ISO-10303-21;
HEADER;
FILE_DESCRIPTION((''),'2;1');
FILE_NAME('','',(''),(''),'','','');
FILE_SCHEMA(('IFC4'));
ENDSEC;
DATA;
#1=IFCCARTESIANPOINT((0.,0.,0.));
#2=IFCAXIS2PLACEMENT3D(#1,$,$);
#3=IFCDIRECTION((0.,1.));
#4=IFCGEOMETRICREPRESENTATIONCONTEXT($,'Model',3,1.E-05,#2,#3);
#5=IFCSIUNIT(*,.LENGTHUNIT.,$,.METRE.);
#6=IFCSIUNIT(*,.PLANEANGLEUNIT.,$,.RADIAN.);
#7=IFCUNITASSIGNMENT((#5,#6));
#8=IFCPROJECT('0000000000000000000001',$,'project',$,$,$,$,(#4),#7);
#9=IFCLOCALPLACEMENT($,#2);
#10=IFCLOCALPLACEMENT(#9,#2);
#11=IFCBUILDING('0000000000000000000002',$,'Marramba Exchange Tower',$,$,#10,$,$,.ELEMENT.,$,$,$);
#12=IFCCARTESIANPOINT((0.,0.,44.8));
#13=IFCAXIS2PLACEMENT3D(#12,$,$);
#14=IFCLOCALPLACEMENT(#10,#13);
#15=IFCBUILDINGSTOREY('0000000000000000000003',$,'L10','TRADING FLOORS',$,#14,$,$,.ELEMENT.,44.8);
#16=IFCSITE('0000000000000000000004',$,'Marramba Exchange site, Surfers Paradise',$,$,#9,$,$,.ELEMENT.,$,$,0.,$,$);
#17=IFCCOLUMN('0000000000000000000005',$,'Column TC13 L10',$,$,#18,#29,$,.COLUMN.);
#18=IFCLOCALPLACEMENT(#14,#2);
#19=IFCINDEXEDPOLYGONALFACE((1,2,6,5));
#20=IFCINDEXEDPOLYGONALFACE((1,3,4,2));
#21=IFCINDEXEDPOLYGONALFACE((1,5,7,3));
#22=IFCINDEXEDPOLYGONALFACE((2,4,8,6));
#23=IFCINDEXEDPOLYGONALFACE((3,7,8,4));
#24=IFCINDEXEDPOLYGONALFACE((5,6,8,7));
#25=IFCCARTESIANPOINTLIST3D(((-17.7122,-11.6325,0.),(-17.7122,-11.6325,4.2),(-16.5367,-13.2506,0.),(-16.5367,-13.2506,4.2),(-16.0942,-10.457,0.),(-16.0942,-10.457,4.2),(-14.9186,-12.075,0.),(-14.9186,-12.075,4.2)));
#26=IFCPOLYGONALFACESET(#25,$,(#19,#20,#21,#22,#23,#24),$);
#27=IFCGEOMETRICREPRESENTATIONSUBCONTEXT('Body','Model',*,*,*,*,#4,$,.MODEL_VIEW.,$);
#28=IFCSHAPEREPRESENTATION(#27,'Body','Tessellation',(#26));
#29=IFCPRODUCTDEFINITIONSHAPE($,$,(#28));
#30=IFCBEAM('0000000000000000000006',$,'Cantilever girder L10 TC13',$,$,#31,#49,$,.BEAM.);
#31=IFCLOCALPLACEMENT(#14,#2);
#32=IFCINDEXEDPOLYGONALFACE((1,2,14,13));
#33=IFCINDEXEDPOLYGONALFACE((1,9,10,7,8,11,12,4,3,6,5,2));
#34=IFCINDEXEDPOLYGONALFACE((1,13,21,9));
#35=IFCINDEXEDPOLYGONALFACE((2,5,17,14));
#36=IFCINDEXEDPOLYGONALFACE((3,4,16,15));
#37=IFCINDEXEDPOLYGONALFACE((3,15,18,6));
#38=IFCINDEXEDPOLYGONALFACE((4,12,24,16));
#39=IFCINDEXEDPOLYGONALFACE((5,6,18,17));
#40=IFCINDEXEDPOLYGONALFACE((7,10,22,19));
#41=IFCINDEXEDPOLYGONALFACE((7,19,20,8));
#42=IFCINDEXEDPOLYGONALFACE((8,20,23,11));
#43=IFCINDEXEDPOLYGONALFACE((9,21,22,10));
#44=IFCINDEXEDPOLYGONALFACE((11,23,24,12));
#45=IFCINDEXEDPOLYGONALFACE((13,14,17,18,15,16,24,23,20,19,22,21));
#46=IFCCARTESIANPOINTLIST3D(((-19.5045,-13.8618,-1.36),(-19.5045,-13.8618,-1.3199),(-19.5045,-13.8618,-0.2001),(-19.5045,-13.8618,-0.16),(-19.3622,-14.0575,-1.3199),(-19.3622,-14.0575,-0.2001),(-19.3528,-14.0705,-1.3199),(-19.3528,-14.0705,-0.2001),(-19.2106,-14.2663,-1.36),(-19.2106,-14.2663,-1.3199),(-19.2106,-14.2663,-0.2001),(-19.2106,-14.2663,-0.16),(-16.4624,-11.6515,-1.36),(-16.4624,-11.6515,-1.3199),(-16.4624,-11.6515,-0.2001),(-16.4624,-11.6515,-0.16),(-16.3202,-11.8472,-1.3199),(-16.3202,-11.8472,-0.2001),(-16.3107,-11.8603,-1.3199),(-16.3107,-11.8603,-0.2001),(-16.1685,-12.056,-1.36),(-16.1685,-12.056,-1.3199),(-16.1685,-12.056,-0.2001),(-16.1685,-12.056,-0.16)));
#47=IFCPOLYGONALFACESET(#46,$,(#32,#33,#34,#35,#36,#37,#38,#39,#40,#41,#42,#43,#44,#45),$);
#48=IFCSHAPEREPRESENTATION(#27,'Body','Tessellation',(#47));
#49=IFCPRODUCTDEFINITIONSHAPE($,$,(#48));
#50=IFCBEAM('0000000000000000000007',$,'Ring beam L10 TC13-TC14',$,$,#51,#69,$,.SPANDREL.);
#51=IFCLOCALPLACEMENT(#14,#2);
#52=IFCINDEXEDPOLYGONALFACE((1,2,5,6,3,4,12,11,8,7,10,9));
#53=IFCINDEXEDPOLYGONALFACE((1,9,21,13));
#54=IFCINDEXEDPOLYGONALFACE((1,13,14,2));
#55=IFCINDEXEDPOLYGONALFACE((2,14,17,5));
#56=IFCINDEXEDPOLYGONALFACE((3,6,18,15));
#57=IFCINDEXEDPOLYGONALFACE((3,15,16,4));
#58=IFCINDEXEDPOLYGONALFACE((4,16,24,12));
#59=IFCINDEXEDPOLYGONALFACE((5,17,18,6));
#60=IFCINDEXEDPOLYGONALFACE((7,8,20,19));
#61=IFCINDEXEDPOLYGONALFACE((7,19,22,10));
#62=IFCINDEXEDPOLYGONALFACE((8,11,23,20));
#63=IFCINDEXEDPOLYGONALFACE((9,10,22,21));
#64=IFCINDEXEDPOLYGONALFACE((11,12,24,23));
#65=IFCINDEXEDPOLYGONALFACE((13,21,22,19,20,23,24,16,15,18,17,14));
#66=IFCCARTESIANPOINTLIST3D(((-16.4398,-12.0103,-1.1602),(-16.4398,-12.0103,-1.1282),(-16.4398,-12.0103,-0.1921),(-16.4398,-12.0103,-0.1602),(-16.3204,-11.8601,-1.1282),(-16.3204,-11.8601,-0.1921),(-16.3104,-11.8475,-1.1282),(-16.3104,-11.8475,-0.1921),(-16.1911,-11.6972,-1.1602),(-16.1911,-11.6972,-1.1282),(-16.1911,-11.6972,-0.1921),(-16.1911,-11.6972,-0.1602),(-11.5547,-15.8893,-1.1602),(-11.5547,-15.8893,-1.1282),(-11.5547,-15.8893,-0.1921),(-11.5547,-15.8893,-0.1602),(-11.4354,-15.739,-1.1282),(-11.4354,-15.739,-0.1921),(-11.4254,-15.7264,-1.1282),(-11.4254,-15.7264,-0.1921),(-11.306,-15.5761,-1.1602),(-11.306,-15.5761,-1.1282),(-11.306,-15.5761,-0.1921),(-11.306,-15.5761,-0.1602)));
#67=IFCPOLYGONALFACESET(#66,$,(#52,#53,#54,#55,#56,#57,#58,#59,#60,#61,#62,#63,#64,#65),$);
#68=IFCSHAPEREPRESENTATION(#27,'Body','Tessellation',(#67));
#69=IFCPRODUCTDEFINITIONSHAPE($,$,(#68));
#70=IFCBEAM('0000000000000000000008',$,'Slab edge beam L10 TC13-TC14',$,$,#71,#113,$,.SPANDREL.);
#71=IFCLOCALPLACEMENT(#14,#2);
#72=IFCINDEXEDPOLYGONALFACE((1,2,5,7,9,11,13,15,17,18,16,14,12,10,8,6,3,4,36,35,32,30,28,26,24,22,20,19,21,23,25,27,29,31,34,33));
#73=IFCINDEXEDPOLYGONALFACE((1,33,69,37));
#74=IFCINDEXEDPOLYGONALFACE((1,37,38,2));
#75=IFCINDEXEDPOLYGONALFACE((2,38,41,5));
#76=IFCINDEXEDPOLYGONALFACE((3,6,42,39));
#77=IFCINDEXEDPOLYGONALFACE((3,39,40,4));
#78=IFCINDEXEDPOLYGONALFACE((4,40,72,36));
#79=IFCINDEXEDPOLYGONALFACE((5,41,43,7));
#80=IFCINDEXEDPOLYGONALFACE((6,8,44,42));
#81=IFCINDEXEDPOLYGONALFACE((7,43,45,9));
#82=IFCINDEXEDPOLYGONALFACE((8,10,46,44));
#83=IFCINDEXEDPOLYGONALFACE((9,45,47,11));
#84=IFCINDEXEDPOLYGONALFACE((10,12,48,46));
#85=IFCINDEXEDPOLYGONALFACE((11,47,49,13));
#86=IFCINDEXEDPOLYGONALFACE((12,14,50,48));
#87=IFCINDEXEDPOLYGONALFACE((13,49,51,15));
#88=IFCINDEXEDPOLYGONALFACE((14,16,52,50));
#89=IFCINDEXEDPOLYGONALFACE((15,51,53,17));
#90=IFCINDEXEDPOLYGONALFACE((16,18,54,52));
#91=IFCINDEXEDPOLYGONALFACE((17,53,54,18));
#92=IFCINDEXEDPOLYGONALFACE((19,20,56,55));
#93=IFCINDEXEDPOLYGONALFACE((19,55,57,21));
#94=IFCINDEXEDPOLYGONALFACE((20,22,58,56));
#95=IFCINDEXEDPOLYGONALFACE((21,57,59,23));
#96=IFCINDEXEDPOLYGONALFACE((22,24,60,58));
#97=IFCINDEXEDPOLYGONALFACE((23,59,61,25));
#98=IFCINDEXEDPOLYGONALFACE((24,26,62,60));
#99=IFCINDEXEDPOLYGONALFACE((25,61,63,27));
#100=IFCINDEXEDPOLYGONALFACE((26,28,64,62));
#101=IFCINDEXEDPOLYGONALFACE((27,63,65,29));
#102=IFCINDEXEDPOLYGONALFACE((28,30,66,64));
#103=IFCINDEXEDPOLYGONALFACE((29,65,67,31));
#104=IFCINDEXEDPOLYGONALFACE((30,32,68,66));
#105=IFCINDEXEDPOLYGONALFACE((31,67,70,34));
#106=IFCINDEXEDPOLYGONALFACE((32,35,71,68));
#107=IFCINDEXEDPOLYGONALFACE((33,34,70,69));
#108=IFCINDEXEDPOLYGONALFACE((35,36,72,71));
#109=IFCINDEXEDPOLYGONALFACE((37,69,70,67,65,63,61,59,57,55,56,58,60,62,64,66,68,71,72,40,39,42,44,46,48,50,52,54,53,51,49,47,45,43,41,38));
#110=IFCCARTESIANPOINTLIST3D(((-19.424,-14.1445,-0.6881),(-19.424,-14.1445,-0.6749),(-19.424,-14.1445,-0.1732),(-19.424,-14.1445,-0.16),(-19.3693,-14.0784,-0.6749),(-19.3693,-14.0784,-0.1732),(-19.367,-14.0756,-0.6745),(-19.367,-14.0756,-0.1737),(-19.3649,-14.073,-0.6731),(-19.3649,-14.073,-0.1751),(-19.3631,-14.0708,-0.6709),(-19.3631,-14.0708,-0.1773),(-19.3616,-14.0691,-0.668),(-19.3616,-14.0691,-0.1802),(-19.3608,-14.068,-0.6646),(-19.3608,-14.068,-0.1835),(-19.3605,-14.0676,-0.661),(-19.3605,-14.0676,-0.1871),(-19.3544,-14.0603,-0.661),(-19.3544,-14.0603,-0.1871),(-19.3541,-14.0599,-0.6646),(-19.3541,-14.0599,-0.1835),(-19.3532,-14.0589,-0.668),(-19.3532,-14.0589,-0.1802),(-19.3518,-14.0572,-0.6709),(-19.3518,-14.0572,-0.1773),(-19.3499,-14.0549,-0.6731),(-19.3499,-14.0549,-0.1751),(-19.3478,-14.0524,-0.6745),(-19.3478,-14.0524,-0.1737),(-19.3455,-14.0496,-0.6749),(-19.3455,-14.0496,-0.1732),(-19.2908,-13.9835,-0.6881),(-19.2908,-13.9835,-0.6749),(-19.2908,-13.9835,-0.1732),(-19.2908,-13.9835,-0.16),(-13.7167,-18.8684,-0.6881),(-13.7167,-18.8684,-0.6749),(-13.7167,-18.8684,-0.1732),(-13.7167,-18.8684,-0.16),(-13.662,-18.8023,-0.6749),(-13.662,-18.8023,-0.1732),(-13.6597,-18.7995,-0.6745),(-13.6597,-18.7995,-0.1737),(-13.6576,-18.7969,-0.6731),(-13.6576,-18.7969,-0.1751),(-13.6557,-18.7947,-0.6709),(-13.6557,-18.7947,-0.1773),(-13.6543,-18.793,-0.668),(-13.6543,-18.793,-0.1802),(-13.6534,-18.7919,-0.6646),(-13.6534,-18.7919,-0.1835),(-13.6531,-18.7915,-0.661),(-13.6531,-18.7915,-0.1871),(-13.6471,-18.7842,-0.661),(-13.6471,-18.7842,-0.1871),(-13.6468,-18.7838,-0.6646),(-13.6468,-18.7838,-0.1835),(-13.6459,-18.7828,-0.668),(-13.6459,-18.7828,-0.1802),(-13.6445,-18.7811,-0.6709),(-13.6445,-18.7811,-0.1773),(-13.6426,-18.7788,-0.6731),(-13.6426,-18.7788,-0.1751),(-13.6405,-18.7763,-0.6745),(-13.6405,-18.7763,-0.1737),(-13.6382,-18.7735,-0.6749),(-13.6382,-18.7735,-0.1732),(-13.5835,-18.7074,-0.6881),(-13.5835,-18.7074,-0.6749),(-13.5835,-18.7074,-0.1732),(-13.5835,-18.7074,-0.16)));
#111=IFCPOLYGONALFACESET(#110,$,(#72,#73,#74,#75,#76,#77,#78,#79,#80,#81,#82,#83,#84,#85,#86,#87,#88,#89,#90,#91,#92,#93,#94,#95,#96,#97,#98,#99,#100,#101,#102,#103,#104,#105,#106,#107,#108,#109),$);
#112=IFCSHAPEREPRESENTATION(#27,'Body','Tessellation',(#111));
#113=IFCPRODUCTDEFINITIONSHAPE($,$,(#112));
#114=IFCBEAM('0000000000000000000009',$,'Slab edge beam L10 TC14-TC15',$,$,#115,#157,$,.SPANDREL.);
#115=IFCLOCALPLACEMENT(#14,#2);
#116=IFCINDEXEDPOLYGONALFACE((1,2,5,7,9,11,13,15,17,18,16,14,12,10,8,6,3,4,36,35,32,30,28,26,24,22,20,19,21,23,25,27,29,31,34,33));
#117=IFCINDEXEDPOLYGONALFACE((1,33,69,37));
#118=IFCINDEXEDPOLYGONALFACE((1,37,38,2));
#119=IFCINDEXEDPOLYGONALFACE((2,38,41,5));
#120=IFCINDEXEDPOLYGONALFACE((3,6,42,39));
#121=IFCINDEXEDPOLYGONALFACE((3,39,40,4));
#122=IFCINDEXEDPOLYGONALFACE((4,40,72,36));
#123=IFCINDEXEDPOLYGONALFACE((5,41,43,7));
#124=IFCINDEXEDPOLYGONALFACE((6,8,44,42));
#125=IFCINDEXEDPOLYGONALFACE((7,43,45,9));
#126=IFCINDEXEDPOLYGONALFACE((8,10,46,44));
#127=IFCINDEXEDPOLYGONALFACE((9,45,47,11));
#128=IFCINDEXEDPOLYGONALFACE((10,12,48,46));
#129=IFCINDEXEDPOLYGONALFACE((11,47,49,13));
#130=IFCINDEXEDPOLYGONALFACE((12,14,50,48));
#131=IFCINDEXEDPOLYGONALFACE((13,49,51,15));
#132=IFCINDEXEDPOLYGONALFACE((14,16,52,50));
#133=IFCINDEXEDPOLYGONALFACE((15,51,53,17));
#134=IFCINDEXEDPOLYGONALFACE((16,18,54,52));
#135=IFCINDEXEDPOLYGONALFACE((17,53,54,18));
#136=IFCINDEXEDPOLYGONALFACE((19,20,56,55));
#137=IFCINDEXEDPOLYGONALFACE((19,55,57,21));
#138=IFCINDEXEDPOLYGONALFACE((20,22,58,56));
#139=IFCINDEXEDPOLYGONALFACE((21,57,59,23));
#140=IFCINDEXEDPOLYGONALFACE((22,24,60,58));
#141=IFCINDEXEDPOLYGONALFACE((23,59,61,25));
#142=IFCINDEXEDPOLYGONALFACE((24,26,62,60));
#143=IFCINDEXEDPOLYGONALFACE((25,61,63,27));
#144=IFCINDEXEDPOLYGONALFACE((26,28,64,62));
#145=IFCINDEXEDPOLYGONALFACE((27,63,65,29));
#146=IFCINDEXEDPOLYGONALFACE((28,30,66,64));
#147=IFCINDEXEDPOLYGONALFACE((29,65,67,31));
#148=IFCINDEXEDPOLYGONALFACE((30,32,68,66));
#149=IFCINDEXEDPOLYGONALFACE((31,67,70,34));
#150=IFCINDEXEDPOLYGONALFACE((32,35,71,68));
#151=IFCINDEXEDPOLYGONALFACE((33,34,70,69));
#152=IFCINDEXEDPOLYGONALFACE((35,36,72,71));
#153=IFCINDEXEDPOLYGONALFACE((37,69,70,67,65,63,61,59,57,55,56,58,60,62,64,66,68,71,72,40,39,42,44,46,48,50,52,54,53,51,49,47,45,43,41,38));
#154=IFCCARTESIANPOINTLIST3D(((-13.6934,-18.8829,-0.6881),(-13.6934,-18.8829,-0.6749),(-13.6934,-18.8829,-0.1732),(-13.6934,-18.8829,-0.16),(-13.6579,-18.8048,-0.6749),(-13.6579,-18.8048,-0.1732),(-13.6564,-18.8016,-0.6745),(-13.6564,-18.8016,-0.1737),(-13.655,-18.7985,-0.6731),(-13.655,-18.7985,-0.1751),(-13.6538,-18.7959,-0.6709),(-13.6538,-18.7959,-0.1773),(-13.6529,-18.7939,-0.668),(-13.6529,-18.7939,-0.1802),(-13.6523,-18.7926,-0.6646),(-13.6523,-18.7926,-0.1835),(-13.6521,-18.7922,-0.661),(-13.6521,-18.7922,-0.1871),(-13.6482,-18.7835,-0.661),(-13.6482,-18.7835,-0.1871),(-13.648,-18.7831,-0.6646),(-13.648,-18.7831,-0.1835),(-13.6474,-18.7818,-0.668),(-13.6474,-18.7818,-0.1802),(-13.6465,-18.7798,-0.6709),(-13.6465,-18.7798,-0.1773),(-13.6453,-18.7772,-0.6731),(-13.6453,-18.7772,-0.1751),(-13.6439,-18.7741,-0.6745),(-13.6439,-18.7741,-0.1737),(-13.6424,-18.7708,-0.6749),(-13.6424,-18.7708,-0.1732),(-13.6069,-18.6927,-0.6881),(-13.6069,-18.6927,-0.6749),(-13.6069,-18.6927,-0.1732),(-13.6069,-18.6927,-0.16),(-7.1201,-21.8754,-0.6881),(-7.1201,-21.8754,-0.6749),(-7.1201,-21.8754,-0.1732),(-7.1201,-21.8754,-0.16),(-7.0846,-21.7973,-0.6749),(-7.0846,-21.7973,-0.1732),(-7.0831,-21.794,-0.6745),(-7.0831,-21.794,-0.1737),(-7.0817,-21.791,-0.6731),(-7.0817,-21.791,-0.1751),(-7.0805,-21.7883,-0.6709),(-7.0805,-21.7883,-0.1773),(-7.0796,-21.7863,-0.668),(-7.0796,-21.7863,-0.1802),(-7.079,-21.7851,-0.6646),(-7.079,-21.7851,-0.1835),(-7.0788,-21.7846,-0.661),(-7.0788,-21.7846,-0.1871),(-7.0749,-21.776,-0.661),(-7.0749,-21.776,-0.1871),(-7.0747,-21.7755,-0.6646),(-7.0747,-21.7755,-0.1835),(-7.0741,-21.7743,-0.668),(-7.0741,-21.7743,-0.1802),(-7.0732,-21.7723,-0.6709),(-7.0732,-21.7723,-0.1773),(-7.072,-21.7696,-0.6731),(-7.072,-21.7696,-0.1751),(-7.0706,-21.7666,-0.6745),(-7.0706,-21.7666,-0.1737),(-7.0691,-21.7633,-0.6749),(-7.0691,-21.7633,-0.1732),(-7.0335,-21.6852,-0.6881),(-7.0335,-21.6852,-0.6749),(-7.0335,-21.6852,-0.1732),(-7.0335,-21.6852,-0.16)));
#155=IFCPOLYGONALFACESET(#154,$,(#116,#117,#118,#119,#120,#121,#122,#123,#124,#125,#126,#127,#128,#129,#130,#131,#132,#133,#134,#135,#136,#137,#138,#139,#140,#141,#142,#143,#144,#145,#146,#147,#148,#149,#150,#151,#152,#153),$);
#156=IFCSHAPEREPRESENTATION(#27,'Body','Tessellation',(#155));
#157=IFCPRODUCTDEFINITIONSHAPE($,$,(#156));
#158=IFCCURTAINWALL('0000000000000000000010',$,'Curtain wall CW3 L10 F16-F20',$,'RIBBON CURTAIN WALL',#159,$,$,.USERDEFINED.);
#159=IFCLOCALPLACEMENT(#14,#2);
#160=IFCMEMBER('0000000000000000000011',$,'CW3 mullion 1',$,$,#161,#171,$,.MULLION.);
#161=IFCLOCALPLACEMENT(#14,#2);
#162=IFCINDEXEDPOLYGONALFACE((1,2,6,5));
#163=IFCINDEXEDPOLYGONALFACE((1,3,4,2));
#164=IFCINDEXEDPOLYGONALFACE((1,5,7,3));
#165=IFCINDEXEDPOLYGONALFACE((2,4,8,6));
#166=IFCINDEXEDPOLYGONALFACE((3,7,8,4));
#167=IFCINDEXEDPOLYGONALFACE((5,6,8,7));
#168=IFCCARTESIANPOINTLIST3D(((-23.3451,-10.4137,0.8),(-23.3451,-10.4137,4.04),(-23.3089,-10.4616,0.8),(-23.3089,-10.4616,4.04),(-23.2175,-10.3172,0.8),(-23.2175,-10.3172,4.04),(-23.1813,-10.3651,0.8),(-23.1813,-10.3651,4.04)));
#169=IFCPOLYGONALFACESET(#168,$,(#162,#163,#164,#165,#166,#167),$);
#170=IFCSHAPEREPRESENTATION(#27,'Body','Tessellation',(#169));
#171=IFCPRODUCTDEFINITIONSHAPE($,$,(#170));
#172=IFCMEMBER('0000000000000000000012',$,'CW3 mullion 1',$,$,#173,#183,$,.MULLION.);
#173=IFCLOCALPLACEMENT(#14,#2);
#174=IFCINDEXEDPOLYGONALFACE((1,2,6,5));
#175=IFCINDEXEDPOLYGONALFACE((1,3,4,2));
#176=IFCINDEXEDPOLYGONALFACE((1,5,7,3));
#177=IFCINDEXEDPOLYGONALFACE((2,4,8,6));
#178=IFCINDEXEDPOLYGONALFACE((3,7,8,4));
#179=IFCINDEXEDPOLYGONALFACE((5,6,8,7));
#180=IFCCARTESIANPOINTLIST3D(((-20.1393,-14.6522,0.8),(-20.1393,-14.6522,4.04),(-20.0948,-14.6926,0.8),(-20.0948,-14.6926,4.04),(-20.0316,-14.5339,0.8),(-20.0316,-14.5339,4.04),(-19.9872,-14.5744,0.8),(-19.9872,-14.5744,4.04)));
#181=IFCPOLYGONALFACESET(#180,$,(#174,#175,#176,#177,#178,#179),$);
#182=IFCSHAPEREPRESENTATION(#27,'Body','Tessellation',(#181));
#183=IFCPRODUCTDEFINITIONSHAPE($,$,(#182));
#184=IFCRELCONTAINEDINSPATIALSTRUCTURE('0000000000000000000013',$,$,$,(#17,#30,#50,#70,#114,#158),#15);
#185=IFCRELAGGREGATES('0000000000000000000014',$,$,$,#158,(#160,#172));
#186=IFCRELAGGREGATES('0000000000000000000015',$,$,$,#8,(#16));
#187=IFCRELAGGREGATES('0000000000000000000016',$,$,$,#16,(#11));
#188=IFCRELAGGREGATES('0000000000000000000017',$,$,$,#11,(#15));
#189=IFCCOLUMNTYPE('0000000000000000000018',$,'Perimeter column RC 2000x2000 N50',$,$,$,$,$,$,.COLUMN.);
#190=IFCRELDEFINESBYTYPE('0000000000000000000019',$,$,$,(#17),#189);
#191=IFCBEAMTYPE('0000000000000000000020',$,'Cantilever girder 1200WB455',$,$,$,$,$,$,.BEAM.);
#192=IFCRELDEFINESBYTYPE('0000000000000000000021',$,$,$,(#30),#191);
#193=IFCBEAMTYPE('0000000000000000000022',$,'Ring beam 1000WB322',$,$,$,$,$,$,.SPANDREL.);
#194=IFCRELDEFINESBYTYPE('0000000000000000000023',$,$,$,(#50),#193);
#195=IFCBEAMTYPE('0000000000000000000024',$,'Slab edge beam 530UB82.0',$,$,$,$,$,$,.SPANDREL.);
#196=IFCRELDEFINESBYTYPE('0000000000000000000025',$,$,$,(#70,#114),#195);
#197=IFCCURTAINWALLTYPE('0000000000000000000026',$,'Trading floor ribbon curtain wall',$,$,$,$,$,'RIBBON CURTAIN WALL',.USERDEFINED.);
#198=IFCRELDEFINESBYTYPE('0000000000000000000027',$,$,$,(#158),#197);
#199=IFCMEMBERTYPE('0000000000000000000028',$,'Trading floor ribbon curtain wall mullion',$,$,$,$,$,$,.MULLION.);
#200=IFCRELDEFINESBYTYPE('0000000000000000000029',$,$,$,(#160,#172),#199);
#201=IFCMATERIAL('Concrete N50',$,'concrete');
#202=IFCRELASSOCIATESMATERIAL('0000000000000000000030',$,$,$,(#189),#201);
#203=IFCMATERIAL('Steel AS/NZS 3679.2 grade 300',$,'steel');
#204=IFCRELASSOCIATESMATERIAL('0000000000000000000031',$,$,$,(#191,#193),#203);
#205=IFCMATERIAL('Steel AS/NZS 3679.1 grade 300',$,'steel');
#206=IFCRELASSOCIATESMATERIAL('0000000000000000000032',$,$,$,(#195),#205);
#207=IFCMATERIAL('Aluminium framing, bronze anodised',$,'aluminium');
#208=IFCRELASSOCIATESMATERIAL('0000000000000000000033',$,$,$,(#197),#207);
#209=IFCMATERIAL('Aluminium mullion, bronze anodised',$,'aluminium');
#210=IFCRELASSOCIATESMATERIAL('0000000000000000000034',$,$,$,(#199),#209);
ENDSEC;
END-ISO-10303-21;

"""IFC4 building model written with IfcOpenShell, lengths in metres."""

from ifc_helpers import new_model, si_unit, direction, frame, origin, origin_2d, place, context, subcontext, project, spatial, rectangle, i_section, extrude, material, material_profile, profile_set, type_object, element, aggregate, save


model = new_model("IFC4")

# Units and contexts
model_context = context("Model", 3, precision=1e-05, world=origin(), true_north=direction((0.0, 1.0)))
body_context = subcontext(model_context, "Body", "Model", "MODEL_VIEW")
ifc_project = project(units=[si_unit("LENGTHUNIT", "METRE"), si_unit("PLANEANGLEUNIT", "RADIAN")], contexts=[model_context])

# Site, building, storey
site_placement = place(None, origin())
site = spatial("IfcSite", under=ifc_project, at=site_placement, Name="Marramba Exchange site, Surfers Paradise", CompositionType="ELEMENT", RefElevation=0.0)
building_placement = place(site_placement, origin())
building = spatial("IfcBuilding", under=site, at=building_placement, Name="Marramba Exchange Tower", CompositionType="ELEMENT")
storey_placement = place(building_placement, frame((0.0, 0.0, 44.8)))
storey = spatial("IfcBuildingStorey", under=building, at=storey_placement, Name="L10", Description="TRADING FLOORS", CompositionType="ELEMENT", Elevation=44.8)

# Column
ifc_material_1 = material(Name="Concrete N50", Category="concrete")
ifc_material_profile_1 = material_profile(ifc_material_1, rectangle(XDim=2.0, YDim=2.0, at=origin_2d()), Name="RC 2000x2000")
ifc_profile_set_1 = profile_set([ifc_material_profile_1], Name="Concrete N50")
column_type = type_object("IfcColumnType", Name="Perimeter column RC 2000x2000 N50", PredefinedType="COLUMN", material=ifc_profile_set_1)
column_placement = place(storey_placement, frame((-16.3154, -11.8538, 0.0), z_axis=(0.0, 0.0, 1.0), x_axis=(-0.809017, -0.587785, 0.0)))
element("IfcColumn", 1, at=column_placement, inside=storey, type_object=column_type, Name="Column TC13 L10", PredefinedType="COLUMN", context=body_context, shape_type="SweptSolid", body=[
    extrude(rectangle(XDim=2.0, YDim=2.0, at=origin_2d()), origin(), (0.0, 0.0, 1.0), 4.2),
])

# Beams
ifc_material_2 = material(Name="Steel AS/NZS 3679.2 grade 300", Category="steel")
ifc_material_profile_2 = material_profile(ifc_material_2, i_section(OverallWidth=0.5, OverallDepth=1.2, WebThickness=0.0161, FlangeThickness=0.04, at=origin_2d()), Name="1200WB455")
ifc_profile_set_2 = profile_set([ifc_material_profile_2], Name="Steel AS/NZS 3679.2 grade 300")
beam_type_1 = type_object("IfcBeamType", Name="Cantilever girder 1200WB455", PredefinedType="BEAM", material=ifc_profile_set_2)
beam_1_placement = place(storey_placement, frame((-16.3154, -11.8538, -0.76), z_axis=(-0.809008, -0.587797, 0.0), x_axis=(0.587797, -0.809008, 0.0)))
element("IfcBeam", 2, at=beam_1_placement, inside=storey, type_object=beam_type_1, Name="Cantilever girder L10 TC13", PredefinedType="BEAM", context=body_context, shape_type="SweptSolid", body=[
    extrude(i_section(OverallWidth=0.5, OverallDepth=1.2, WebThickness=0.0161, FlangeThickness=0.04, at=origin_2d()), origin(), (0.0, 0.0, 1.0), 3.7603),
])
ifc_material_profile_3 = material_profile(ifc_material_2, i_section(OverallWidth=0.3999, OverallDepth=1.0, WebThickness=0.0161, FlangeThickness=0.032, at=origin_2d()), Name="1000WB322")
ifc_profile_set_3 = profile_set([ifc_material_profile_3], Name="Steel AS/NZS 3679.2 grade 300")
beam_type_2 = type_object("IfcBeamType", Name="Ring beam 1000WB322", PredefinedType="SPANDREL", material=ifc_profile_set_3)
beam_2_placement = place(storey_placement, frame((-16.3154, -11.8538, -0.6602), z_axis=(0.783139, -0.621846, 0.0), x_axis=(0.621846, 0.783139, 0.0)))
element("IfcBeam", 3, at=beam_2_placement, inside=storey, type_object=beam_type_2, Name="Ring beam L10 TC13-TC14", PredefinedType="SPANDREL", context=body_context, shape_type="SweptSolid", body=[
    extrude(i_section(OverallWidth=0.3999, OverallDepth=1.0, WebThickness=0.0161, FlangeThickness=0.032, at=origin_2d()), origin(), (0.0, 0.0, 1.0), 6.2378),
])
ifc_material_3 = material(Name="Steel AS/NZS 3679.1 grade 300", Category="steel")
ifc_material_profile_4 = material_profile(ifc_material_3, i_section(OverallWidth=0.209, OverallDepth=0.5281, WebThickness=0.0095, FlangeThickness=0.0132, FilletRadius=0.0139, at=origin_2d()), Name="530UB82.0")
ifc_profile_set_4 = profile_set([ifc_material_profile_4], Name="Steel AS/NZS 3679.1 grade 300")
beam_type_3 = type_object("IfcBeamType", Name="Slab edge beam 530UB82.0", PredefinedType="SPANDREL", material=ifc_profile_set_4)
beam_3_placement = place(storey_placement, frame((-19.3574, -14.064, -0.4241), z_axis=(0.770354, -0.637617, 0.0), x_axis=(0.637617, 0.770354, 0.0)))
element("IfcBeam", 4, at=beam_3_placement, inside=storey, type_object=beam_type_3, Name="Slab edge beam L10 TC13-TC14", PredefinedType="SPANDREL", context=body_context, shape_type="SweptSolid", body=[
    extrude(i_section(OverallWidth=0.209, OverallDepth=0.5281, WebThickness=0.0095, FlangeThickness=0.0132, FilletRadius=0.0139, at=origin_2d()), origin(), (0.0, 0.0, 1.0), 7.4087),
])
beam_4_placement = place(storey_placement, frame((-13.6501, -18.7878, -0.4241), z_axis=(0.910127, -0.41433, 0.0), x_axis=(0.41433, 0.910127, 0.0)))
element("IfcBeam", 5, at=beam_4_placement, inside=storey, type_object=beam_type_3, Name="Slab edge beam L10 TC14-TC15", PredefinedType="SPANDREL", context=body_context, shape_type="SweptSolid", body=[
    extrude(i_section(OverallWidth=0.209, OverallDepth=0.5281, WebThickness=0.0095, FlangeThickness=0.0132, FilletRadius=0.0139, at=origin_2d()), origin(), (0.0, 0.0, 1.0), 7.2224),
])

# Curtain wall, members
ifc_material_4 = material(Name="Aluminium framing, bronze anodised", Category="aluminium")
curtain_wall_type = type_object("IfcCurtainWallType", Name="Trading floor ribbon curtain wall", ElementType="RIBBON CURTAIN WALL", PredefinedType="USERDEFINED", material=ifc_material_4)
curtain_wall_placement = place(storey_placement, origin())
curtain_wall = element("IfcCurtainWall", 6, at=curtain_wall_placement, inside=storey, type_object=curtain_wall_type, Name="Curtain wall CW3 L10 F16-F20", ObjectType="RIBBON CURTAIN WALL", PredefinedType="USERDEFINED")
ifc_material_5 = material(Name="Aluminium mullion, bronze anodised", Category="aluminium")
ifc_material_profile_5 = material_profile(ifc_material_5, rectangle(XDim=0.1599, YDim=0.0601, at=origin_2d()), Name="CW3 mullion 60x160")
ifc_profile_set_5 = profile_set([ifc_material_profile_5], Name="Aluminium mullion, bronze anodised")
member_type_1 = type_object("IfcMemberType", Name="Trading floor ribbon curtain wall mullion", PredefinedType="MULLION", material=ifc_profile_set_5)
member_1_placement = place(storey_placement, frame((-23.2632, -10.3894, 0.8), z_axis=(0.0, 0.0, 1.0), x_axis=(0.797711, 0.60304, 0.0)))
member_1 = element("IfcMember", 7, at=member_1_placement, type_object=member_type_1, Name="CW3 mullion 1", PredefinedType="MULLION", context=body_context, shape_type="SweptSolid", body=[
    extrude(rectangle(XDim=0.1599, YDim=0.0601, at=origin_2d()), origin(), (0.0, 0.0, 1.0), 3.24),
])
member_2_placement = place(storey_placement, frame((-20.0632, -14.6133, 0.8), z_axis=(0.0, 0.0, 1.0), x_axis=(0.673058, 0.73959, 0.0)))
member_2 = element("IfcMember", 8, at=member_2_placement, type_object=member_type_1, Name="CW3 mullion 1", PredefinedType="MULLION", context=body_context, shape_type="SweptSolid", body=[
    extrude(rectangle(XDim=0.1599, YDim=0.0601, at=origin_2d()), origin(), (0.0, 0.0, 1.0), 3.24),
])
aggregate(curtain_wall, [member_1, member_2])

save(model, "model.ifc")
